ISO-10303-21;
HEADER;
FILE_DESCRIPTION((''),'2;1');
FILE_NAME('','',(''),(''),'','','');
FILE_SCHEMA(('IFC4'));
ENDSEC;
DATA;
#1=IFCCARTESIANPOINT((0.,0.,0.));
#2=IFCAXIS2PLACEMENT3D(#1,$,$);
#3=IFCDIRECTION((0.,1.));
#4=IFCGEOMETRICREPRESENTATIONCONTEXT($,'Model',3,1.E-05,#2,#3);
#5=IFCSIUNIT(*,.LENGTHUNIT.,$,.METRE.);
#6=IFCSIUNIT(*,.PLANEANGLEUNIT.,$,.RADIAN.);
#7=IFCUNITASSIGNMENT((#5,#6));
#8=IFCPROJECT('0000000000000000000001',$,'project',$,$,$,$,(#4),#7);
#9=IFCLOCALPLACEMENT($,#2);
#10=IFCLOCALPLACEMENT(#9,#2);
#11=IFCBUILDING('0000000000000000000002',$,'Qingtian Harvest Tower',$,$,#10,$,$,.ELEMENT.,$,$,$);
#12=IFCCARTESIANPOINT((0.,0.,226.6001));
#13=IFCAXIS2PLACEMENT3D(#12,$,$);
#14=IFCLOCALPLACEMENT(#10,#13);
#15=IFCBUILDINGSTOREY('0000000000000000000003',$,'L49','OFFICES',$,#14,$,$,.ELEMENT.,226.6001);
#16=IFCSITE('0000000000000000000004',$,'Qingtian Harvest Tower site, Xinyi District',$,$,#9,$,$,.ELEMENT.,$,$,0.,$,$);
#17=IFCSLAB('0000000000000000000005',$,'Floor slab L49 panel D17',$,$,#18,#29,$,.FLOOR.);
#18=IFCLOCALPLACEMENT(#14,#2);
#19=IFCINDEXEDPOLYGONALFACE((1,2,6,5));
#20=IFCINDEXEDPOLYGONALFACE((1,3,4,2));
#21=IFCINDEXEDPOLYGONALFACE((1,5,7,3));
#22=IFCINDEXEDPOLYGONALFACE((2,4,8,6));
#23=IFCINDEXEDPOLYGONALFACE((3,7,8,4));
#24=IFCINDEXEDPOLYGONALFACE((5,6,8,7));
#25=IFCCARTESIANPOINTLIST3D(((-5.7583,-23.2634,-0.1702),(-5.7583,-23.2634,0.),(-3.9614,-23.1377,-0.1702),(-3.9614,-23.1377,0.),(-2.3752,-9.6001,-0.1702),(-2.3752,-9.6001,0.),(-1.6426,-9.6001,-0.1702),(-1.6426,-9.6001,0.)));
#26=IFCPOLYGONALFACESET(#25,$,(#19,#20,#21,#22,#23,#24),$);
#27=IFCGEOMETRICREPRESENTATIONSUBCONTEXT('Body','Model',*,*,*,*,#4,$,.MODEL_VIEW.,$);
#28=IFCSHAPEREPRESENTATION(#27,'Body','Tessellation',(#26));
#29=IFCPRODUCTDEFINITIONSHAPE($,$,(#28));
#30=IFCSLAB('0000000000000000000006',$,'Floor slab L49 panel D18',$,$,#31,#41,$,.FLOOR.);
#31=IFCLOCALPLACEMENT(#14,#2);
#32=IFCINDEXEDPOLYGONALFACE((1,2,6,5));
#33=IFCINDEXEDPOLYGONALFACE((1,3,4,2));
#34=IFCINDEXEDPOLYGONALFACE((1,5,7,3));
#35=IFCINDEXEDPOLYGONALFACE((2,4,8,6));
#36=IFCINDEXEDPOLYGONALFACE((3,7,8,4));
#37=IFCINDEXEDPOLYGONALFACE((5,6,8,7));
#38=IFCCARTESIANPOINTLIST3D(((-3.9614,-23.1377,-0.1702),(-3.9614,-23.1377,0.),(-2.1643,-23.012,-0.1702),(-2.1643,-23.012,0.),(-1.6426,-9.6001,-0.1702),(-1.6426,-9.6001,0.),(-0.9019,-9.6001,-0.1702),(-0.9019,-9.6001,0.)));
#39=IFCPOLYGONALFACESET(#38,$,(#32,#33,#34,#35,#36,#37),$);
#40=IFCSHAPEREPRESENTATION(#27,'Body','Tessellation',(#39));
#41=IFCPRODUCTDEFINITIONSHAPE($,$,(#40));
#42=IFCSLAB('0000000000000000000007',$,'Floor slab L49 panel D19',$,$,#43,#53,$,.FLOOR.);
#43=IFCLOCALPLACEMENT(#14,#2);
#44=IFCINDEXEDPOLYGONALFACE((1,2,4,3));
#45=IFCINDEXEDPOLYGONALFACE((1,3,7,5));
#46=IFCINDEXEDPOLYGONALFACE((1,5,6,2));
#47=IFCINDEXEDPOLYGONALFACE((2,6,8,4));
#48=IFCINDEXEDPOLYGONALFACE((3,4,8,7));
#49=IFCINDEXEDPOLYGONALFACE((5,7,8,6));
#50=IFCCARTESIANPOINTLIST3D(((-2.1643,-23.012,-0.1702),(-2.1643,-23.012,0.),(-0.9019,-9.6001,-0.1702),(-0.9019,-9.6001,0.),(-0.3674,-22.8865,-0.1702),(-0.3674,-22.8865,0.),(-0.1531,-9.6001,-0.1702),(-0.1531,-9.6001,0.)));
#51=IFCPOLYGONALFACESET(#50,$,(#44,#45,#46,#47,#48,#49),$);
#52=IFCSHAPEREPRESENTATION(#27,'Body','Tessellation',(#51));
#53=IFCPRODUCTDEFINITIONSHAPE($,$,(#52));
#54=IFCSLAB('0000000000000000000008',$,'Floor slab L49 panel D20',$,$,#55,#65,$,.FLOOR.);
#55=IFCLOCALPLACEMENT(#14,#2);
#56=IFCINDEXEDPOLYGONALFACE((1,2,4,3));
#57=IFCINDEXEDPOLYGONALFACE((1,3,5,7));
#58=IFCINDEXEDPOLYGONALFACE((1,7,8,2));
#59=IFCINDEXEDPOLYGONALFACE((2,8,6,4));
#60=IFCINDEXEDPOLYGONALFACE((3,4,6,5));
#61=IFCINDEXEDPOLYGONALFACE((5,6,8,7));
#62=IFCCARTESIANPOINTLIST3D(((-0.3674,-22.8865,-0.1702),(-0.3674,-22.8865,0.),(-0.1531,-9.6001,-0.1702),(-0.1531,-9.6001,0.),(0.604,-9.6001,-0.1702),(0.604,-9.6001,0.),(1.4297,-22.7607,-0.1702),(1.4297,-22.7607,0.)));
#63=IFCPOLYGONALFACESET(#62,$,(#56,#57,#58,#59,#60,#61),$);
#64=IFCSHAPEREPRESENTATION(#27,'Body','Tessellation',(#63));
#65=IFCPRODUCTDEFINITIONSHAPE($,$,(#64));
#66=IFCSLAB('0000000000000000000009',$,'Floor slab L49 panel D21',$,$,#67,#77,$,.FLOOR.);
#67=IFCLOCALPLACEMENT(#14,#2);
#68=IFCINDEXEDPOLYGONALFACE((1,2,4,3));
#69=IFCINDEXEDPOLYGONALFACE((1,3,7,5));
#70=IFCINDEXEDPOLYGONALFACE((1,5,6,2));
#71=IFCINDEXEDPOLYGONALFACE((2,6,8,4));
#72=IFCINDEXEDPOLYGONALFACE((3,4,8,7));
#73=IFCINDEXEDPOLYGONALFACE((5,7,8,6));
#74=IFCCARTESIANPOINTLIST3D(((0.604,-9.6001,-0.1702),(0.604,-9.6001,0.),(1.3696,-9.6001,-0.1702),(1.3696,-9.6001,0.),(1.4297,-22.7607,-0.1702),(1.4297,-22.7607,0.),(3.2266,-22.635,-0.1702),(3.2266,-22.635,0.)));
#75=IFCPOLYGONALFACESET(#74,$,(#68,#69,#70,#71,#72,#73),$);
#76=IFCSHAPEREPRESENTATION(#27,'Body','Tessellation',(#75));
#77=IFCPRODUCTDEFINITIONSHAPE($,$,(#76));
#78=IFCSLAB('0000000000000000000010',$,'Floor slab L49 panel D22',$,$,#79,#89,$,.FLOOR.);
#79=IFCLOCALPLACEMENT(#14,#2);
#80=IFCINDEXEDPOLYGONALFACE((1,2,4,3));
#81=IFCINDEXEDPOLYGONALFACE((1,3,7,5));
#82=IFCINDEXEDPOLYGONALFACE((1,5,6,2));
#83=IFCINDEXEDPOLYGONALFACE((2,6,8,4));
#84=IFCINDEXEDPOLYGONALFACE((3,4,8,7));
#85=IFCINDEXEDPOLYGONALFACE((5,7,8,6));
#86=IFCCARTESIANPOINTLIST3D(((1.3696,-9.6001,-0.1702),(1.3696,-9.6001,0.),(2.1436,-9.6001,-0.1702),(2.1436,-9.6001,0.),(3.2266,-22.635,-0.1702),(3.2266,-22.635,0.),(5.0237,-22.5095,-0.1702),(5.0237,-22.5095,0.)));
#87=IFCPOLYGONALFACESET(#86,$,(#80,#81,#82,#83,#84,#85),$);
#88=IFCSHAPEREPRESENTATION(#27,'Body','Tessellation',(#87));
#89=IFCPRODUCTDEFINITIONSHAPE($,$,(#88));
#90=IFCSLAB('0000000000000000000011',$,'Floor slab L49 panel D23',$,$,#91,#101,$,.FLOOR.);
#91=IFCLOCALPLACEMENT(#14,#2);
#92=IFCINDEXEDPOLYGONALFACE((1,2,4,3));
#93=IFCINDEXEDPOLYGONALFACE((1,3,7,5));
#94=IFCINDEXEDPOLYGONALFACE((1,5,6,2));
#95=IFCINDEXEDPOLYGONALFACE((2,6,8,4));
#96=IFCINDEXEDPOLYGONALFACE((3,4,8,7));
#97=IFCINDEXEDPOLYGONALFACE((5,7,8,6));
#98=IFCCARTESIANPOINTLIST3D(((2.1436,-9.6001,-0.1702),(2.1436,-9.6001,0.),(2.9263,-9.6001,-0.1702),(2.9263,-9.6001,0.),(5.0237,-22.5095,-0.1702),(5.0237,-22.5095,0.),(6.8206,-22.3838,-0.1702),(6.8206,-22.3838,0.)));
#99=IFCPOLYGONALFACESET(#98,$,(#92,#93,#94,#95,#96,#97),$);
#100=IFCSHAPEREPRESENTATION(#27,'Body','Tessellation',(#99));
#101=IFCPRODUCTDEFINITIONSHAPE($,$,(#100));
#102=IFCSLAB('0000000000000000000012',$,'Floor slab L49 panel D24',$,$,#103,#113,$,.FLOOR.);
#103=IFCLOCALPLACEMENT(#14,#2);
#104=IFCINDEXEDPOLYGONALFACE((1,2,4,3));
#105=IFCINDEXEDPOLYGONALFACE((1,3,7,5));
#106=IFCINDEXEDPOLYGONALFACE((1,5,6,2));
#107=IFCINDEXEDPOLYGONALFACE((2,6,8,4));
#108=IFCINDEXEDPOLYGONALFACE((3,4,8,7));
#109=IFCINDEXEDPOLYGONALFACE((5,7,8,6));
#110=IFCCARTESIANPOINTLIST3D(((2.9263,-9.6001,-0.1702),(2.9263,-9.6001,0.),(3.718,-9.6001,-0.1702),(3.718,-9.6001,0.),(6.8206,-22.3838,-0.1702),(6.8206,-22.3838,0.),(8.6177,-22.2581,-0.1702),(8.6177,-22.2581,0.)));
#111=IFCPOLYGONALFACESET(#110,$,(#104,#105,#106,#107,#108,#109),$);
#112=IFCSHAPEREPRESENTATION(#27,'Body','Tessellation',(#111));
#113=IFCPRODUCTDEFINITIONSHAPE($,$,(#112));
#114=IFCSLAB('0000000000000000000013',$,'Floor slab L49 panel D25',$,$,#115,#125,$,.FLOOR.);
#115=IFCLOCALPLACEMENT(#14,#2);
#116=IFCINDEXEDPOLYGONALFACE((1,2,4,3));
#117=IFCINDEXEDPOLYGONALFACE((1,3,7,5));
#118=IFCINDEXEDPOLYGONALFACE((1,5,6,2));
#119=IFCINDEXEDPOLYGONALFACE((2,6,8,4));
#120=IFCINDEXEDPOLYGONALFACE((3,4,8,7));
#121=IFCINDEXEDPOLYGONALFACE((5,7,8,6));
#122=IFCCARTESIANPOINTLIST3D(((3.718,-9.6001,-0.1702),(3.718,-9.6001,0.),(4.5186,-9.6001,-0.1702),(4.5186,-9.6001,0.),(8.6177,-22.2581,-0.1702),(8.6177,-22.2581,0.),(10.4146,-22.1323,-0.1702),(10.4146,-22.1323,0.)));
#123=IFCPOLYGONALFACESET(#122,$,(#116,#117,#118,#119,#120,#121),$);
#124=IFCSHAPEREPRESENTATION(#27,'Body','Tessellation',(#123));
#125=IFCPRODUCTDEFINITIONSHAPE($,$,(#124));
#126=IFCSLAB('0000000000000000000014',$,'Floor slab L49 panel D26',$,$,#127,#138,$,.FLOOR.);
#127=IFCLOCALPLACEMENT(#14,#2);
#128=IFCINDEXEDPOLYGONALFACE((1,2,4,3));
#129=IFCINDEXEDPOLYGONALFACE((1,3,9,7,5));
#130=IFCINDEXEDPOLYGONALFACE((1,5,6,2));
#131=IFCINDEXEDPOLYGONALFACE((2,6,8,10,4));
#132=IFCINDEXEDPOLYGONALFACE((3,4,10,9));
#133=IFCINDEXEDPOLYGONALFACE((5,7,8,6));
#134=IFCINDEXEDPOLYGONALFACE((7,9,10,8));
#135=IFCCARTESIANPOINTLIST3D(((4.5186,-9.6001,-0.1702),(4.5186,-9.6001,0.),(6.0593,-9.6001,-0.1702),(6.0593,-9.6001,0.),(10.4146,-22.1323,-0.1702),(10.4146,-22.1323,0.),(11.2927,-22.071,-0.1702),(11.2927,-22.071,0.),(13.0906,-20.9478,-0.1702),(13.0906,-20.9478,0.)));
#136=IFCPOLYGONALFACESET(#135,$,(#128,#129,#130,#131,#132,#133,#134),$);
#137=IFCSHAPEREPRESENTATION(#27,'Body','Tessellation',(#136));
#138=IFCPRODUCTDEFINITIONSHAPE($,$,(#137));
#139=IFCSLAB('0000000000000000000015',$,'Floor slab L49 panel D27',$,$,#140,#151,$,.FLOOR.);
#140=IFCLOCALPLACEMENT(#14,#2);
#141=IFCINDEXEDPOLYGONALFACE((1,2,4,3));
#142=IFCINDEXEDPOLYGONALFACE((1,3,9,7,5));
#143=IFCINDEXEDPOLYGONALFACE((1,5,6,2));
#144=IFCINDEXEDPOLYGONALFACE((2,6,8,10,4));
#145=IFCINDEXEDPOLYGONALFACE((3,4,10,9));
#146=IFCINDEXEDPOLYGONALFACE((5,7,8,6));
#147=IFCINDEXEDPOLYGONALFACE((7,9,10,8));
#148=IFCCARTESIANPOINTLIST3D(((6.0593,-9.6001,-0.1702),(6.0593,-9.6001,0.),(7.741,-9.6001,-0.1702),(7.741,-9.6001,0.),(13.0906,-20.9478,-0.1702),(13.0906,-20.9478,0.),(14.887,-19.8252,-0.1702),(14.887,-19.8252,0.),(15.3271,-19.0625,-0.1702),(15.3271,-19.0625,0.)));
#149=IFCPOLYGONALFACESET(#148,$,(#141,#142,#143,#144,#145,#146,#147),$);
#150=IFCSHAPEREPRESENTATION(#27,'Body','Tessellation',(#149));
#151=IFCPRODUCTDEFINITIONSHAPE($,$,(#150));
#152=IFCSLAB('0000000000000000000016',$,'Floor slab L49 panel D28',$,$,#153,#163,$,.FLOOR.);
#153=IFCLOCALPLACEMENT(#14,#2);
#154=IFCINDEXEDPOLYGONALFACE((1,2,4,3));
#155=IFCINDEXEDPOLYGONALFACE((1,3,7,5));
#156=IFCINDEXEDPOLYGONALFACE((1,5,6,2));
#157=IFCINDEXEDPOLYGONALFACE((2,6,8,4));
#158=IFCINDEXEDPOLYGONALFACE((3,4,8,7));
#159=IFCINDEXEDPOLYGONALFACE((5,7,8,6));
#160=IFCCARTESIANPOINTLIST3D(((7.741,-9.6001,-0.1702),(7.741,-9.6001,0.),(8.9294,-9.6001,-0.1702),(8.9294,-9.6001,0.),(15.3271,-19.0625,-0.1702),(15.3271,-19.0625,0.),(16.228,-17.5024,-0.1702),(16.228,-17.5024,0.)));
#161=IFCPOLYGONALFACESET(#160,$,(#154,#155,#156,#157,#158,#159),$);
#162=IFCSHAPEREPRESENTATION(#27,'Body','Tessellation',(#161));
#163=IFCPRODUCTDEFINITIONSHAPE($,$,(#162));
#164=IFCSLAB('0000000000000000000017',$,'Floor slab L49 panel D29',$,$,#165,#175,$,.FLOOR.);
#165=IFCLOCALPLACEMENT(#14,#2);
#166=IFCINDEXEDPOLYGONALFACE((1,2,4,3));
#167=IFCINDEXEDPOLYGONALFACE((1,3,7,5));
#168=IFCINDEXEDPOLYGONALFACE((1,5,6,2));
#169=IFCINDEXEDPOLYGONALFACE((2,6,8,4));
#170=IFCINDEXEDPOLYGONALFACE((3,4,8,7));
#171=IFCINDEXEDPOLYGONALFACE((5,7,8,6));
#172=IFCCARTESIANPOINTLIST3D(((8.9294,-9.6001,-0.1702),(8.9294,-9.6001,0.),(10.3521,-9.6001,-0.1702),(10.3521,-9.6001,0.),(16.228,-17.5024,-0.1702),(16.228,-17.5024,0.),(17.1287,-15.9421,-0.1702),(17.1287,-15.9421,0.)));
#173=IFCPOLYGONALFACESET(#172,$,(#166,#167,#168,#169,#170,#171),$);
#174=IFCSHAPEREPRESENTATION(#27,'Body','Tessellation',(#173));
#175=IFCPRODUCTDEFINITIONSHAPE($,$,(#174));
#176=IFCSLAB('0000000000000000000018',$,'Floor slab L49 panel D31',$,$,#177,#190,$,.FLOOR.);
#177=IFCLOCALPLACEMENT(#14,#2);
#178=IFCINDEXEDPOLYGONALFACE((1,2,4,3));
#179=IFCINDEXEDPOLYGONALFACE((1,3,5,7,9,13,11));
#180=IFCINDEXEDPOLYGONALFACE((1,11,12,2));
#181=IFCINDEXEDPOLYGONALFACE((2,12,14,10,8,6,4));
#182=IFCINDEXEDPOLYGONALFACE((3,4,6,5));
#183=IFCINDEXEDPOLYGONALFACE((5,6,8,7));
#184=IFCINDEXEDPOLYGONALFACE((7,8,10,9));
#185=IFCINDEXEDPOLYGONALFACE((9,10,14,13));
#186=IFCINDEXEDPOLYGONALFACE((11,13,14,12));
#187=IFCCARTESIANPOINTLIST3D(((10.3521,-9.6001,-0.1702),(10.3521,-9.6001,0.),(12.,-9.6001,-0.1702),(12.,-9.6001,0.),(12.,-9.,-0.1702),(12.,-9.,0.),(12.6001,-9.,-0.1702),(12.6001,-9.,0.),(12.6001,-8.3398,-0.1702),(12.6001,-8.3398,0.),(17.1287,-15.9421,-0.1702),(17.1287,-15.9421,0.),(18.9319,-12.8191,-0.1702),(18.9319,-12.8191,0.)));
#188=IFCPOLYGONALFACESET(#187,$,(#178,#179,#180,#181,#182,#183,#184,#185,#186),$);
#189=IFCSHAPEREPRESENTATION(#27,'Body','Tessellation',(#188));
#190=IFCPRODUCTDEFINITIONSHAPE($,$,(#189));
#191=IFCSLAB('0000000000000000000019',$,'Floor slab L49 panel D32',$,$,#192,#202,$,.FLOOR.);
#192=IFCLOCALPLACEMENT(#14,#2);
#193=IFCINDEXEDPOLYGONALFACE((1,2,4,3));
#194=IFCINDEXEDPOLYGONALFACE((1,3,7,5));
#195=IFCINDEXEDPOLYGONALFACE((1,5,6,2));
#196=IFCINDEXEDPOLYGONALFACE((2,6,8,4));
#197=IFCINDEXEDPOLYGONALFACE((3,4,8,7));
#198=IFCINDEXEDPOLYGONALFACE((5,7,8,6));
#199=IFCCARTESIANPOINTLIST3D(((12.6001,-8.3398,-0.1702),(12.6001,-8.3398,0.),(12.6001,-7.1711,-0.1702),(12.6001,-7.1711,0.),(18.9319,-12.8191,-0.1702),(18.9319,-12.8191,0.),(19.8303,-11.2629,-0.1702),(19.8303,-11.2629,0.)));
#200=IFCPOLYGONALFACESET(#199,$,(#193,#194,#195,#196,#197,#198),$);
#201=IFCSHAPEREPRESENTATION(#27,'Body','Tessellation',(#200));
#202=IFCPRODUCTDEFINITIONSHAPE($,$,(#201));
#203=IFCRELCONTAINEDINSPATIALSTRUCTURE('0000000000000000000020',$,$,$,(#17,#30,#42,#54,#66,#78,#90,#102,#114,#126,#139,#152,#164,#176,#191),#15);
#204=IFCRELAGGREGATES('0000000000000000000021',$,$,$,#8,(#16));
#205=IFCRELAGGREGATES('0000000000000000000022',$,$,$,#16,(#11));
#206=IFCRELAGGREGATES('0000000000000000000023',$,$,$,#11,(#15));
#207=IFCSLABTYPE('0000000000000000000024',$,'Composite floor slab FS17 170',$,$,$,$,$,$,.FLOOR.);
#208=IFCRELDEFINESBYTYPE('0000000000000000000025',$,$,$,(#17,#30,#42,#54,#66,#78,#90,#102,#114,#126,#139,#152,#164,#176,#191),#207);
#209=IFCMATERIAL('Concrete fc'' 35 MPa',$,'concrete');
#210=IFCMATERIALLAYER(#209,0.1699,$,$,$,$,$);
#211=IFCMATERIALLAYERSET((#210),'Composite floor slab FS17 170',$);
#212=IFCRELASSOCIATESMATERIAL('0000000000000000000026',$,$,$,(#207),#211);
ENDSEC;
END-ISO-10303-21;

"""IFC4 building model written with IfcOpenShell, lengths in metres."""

from ifc_helpers import new_model, si_unit, direction, frame, origin, place, context, subcontext, project, spatial, polyline, outline, extrude, material, layer, layer_set, type_object, element, save


model = new_model("IFC4")

# Units and contexts
model_context = context("Model", 3, precision=1e-05, world=origin(), true_north=direction((0.0, 1.0)))
body_context = subcontext(model_context, "Body", "Model", "MODEL_VIEW")
ifc_project = project(units=[si_unit("LENGTHUNIT", "METRE"), si_unit("PLANEANGLEUNIT", "RADIAN")], contexts=[model_context])

# Site, building, storey
site_placement = place(None, origin())
site = spatial("IfcSite", under=ifc_project, at=site_placement, Name="Qingtian Harvest Tower site, Xinyi District", CompositionType="ELEMENT", RefElevation=0.0)
building_placement = place(site_placement, origin())
building = spatial("IfcBuilding", under=site, at=building_placement, Name="Qingtian Harvest Tower", CompositionType="ELEMENT")
storey_placement = place(building_placement, frame((0.0, 0.0, 226.6001)))
storey = spatial("IfcBuildingStorey", under=building, at=storey_placement, Name="L49", Description="OFFICES", CompositionType="ELEMENT", Elevation=226.6001)

# Slabs
ifc_material_1 = material(Name="Concrete fc' 35 MPa", Category="concrete")
ifc_layer_1 = layer(ifc_material_1, 0.1699)
ifc_layer_set_1 = layer_set([ifc_layer_1], Name="Composite floor slab FS17 170")
slab_type = type_object("IfcSlabType", Name="Composite floor slab FS17 170", PredefinedType="FLOOR", material=ifc_layer_set_1)
slab_1_placement = place(storey_placement, frame((0.0, 0.0, -0.1702)))
element("IfcSlab", 1, at=slab_1_placement, inside=storey, type_object=slab_type, Name="Floor slab L49 panel D17", PredefinedType="FLOOR", context=body_context, shape_type="SweptSolid", body=[
    extrude(outline(polyline([(-1.6426, -9.6001), (-3.9614, -23.1377), (-5.7583, -23.2634), (-2.3752, -9.6001), (-1.6426, -9.6001)])), origin(), (0.0, 0.0, 1.0), 0.1702),
])
slab_2_placement = place(storey_placement, frame((0.0, 0.0, -0.1702)))
element("IfcSlab", 2, at=slab_2_placement, inside=storey, type_object=slab_type, Name="Floor slab L49 panel D18", PredefinedType="FLOOR", context=body_context, shape_type="SweptSolid", body=[
    extrude(outline(polyline([(-0.9019, -9.6001), (-2.1643, -23.012), (-3.9614, -23.1377), (-1.6426, -9.6001), (-0.9019, -9.6001)])), origin(), (0.0, 0.0, 1.0), 0.1702),
])
slab_3_placement = place(storey_placement, frame((0.0, 0.0, -0.1702)))
element("IfcSlab", 3, at=slab_3_placement, inside=storey, type_object=slab_type, Name="Floor slab L49 panel D19", PredefinedType="FLOOR", context=body_context, shape_type="SweptSolid", body=[
    extrude(outline(polyline([(-0.1531, -9.6001), (-0.3674, -22.8865), (-2.1643, -23.012), (-0.9019, -9.6001), (-0.1531, -9.6001)])), origin(), (0.0, 0.0, 1.0), 0.1702),
])
slab_4_placement = place(storey_placement, frame((0.0, 0.0, -0.1702)))
element("IfcSlab", 4, at=slab_4_placement, inside=storey, type_object=slab_type, Name="Floor slab L49 panel D20", PredefinedType="FLOOR", context=body_context, shape_type="SweptSolid", body=[
    extrude(outline(polyline([(0.604, -9.6001), (1.4297, -22.7607), (-0.3674, -22.8865), (-0.1531, -9.6001), (0.604, -9.6001)])), origin(), (0.0, 0.0, 1.0), 0.1702),
])
slab_5_placement = place(storey_placement, frame((0.0, 0.0, -0.1702)))
element("IfcSlab", 5, at=slab_5_placement, inside=storey, type_object=slab_type, Name="Floor slab L49 panel D21", PredefinedType="FLOOR", context=body_context, shape_type="SweptSolid", body=[
    extrude(outline(polyline([(1.3696, -9.6001), (3.2266, -22.635), (1.4297, -22.7607), (0.604, -9.6001), (1.3696, -9.6001)])), origin(), (0.0, 0.0, 1.0), 0.1702),
])
slab_6_placement = place(storey_placement, frame((0.0, 0.0, -0.1702)))
element("IfcSlab", 6, at=slab_6_placement, inside=storey, type_object=slab_type, Name="Floor slab L49 panel D22", PredefinedType="FLOOR", context=body_context, shape_type="SweptSolid", body=[
    extrude(outline(polyline([(2.1436, -9.6001), (5.0237, -22.5095), (3.2266, -22.635), (1.3696, -9.6001), (2.1436, -9.6001)])), origin(), (0.0, 0.0, 1.0), 0.1702),
])
slab_7_placement = place(storey_placement, frame((0.0, 0.0, -0.1702)))
element("IfcSlab", 7, at=slab_7_placement, inside=storey, type_object=slab_type, Name="Floor slab L49 panel D23", PredefinedType="FLOOR", context=body_context, shape_type="SweptSolid", body=[
    extrude(outline(polyline([(2.9263, -9.6001), (6.8206, -22.3838), (5.0237, -22.5095), (2.1436, -9.6001), (2.9263, -9.6001)])), origin(), (0.0, 0.0, 1.0), 0.1702),
])
slab_8_placement = place(storey_placement, frame((0.0, 0.0, -0.1702)))
element("IfcSlab", 8, at=slab_8_placement, inside=storey, type_object=slab_type, Name="Floor slab L49 panel D24", PredefinedType="FLOOR", context=body_context, shape_type="SweptSolid", body=[
    extrude(outline(polyline([(3.718, -9.6001), (8.6177, -22.2581), (6.8206, -22.3838), (2.9263, -9.6001), (3.718, -9.6001)])), origin(), (0.0, 0.0, 1.0), 0.1702),
])
slab_9_placement = place(storey_placement, frame((0.0, 0.0, -0.1702)))
element("IfcSlab", 9, at=slab_9_placement, inside=storey, type_object=slab_type, Name="Floor slab L49 panel D25", PredefinedType="FLOOR", context=body_context, shape_type="SweptSolid", body=[
    extrude(outline(polyline([(4.5186, -9.6001), (10.4146, -22.1323), (8.6177, -22.2581), (3.718, -9.6001), (4.5186, -9.6001)])), origin(), (0.0, 0.0, 1.0), 0.1702),
])
slab_10_placement = place(storey_placement, frame((0.0, 0.0, -0.1702)))
element("IfcSlab", 10, at=slab_10_placement, inside=storey, type_object=slab_type, Name="Floor slab L49 panel D26", PredefinedType="FLOOR", context=body_context, shape_type="SweptSolid", body=[
    extrude(outline(polyline([(4.5186, -9.6001), (6.0593, -9.6001), (13.0906, -20.9478), (11.2927, -22.071), (10.4146, -22.1323), (4.5186, -9.6001)])), origin(), (0.0, 0.0, 1.0), 0.1702),
])
slab_11_placement = place(storey_placement, frame((0.0, 0.0, -0.1702)))
element("IfcSlab", 11, at=slab_11_placement, inside=storey, type_object=slab_type, Name="Floor slab L49 panel D27", PredefinedType="FLOOR", context=body_context, shape_type="SweptSolid", body=[
    extrude(outline(polyline([(6.0593, -9.6001), (7.741, -9.6001), (15.3271, -19.0625), (14.887, -19.8252), (13.0906, -20.9478), (6.0593, -9.6001)])), origin(), (0.0, 0.0, 1.0), 0.1702),
])
slab_12_placement = place(storey_placement, frame((0.0, 0.0, -0.1702)))
element("IfcSlab", 12, at=slab_12_placement, inside=storey, type_object=slab_type, Name="Floor slab L49 panel D28", PredefinedType="FLOOR", context=body_context, shape_type="SweptSolid", body=[
    extrude(outline(polyline([(8.9294, -9.6001), (16.228, -17.5024), (15.3271, -19.0625), (7.741, -9.6001), (8.9294, -9.6001)])), origin(), (0.0, 0.0, 1.0), 0.1702),
])
slab_13_placement = place(storey_placement, frame((0.0, 0.0, -0.1702)))
element("IfcSlab", 13, at=slab_13_placement, inside=storey, type_object=slab_type, Name="Floor slab L49 panel D29", PredefinedType="FLOOR", context=body_context, shape_type="SweptSolid", body=[
    extrude(outline(polyline([(10.3521, -9.6001), (17.1287, -15.9421), (16.228, -17.5024), (8.9294, -9.6001), (10.3521, -9.6001)])), origin(), (0.0, 0.0, 1.0), 0.1702),
])
slab_14_placement = place(storey_placement, frame((0.0, 0.0, -0.1702)))
element("IfcSlab", 14, at=slab_14_placement, inside=storey, type_object=slab_type, Name="Floor slab L49 panel D31", PredefinedType="FLOOR", context=body_context, shape_type="SweptSolid", body=[
    extrude(outline(polyline([(12.6001, -8.3398), (18.9319, -12.8191), (17.1287, -15.9421), (10.3521, -9.6001), (12.0, -9.6001), (12.0, -9.0), (12.6001, -9.0), (12.6001, -8.3398)])), origin(), (0.0, 0.0, 1.0), 0.1702),
])
slab_15_placement = place(storey_placement, frame((0.0, 0.0, -0.1702)))
element("IfcSlab", 15, at=slab_15_placement, inside=storey, type_object=slab_type, Name="Floor slab L49 panel D32", PredefinedType="FLOOR", context=body_context, shape_type="SweptSolid", body=[
    extrude(outline(polyline([(12.6001, -7.1711), (19.8303, -11.2629), (18.9319, -12.8191), (12.6001, -8.3398), (12.6001, -7.1711)])), origin(), (0.0, 0.0, 1.0), 0.1702),
])

save(model, "model.ifc")
